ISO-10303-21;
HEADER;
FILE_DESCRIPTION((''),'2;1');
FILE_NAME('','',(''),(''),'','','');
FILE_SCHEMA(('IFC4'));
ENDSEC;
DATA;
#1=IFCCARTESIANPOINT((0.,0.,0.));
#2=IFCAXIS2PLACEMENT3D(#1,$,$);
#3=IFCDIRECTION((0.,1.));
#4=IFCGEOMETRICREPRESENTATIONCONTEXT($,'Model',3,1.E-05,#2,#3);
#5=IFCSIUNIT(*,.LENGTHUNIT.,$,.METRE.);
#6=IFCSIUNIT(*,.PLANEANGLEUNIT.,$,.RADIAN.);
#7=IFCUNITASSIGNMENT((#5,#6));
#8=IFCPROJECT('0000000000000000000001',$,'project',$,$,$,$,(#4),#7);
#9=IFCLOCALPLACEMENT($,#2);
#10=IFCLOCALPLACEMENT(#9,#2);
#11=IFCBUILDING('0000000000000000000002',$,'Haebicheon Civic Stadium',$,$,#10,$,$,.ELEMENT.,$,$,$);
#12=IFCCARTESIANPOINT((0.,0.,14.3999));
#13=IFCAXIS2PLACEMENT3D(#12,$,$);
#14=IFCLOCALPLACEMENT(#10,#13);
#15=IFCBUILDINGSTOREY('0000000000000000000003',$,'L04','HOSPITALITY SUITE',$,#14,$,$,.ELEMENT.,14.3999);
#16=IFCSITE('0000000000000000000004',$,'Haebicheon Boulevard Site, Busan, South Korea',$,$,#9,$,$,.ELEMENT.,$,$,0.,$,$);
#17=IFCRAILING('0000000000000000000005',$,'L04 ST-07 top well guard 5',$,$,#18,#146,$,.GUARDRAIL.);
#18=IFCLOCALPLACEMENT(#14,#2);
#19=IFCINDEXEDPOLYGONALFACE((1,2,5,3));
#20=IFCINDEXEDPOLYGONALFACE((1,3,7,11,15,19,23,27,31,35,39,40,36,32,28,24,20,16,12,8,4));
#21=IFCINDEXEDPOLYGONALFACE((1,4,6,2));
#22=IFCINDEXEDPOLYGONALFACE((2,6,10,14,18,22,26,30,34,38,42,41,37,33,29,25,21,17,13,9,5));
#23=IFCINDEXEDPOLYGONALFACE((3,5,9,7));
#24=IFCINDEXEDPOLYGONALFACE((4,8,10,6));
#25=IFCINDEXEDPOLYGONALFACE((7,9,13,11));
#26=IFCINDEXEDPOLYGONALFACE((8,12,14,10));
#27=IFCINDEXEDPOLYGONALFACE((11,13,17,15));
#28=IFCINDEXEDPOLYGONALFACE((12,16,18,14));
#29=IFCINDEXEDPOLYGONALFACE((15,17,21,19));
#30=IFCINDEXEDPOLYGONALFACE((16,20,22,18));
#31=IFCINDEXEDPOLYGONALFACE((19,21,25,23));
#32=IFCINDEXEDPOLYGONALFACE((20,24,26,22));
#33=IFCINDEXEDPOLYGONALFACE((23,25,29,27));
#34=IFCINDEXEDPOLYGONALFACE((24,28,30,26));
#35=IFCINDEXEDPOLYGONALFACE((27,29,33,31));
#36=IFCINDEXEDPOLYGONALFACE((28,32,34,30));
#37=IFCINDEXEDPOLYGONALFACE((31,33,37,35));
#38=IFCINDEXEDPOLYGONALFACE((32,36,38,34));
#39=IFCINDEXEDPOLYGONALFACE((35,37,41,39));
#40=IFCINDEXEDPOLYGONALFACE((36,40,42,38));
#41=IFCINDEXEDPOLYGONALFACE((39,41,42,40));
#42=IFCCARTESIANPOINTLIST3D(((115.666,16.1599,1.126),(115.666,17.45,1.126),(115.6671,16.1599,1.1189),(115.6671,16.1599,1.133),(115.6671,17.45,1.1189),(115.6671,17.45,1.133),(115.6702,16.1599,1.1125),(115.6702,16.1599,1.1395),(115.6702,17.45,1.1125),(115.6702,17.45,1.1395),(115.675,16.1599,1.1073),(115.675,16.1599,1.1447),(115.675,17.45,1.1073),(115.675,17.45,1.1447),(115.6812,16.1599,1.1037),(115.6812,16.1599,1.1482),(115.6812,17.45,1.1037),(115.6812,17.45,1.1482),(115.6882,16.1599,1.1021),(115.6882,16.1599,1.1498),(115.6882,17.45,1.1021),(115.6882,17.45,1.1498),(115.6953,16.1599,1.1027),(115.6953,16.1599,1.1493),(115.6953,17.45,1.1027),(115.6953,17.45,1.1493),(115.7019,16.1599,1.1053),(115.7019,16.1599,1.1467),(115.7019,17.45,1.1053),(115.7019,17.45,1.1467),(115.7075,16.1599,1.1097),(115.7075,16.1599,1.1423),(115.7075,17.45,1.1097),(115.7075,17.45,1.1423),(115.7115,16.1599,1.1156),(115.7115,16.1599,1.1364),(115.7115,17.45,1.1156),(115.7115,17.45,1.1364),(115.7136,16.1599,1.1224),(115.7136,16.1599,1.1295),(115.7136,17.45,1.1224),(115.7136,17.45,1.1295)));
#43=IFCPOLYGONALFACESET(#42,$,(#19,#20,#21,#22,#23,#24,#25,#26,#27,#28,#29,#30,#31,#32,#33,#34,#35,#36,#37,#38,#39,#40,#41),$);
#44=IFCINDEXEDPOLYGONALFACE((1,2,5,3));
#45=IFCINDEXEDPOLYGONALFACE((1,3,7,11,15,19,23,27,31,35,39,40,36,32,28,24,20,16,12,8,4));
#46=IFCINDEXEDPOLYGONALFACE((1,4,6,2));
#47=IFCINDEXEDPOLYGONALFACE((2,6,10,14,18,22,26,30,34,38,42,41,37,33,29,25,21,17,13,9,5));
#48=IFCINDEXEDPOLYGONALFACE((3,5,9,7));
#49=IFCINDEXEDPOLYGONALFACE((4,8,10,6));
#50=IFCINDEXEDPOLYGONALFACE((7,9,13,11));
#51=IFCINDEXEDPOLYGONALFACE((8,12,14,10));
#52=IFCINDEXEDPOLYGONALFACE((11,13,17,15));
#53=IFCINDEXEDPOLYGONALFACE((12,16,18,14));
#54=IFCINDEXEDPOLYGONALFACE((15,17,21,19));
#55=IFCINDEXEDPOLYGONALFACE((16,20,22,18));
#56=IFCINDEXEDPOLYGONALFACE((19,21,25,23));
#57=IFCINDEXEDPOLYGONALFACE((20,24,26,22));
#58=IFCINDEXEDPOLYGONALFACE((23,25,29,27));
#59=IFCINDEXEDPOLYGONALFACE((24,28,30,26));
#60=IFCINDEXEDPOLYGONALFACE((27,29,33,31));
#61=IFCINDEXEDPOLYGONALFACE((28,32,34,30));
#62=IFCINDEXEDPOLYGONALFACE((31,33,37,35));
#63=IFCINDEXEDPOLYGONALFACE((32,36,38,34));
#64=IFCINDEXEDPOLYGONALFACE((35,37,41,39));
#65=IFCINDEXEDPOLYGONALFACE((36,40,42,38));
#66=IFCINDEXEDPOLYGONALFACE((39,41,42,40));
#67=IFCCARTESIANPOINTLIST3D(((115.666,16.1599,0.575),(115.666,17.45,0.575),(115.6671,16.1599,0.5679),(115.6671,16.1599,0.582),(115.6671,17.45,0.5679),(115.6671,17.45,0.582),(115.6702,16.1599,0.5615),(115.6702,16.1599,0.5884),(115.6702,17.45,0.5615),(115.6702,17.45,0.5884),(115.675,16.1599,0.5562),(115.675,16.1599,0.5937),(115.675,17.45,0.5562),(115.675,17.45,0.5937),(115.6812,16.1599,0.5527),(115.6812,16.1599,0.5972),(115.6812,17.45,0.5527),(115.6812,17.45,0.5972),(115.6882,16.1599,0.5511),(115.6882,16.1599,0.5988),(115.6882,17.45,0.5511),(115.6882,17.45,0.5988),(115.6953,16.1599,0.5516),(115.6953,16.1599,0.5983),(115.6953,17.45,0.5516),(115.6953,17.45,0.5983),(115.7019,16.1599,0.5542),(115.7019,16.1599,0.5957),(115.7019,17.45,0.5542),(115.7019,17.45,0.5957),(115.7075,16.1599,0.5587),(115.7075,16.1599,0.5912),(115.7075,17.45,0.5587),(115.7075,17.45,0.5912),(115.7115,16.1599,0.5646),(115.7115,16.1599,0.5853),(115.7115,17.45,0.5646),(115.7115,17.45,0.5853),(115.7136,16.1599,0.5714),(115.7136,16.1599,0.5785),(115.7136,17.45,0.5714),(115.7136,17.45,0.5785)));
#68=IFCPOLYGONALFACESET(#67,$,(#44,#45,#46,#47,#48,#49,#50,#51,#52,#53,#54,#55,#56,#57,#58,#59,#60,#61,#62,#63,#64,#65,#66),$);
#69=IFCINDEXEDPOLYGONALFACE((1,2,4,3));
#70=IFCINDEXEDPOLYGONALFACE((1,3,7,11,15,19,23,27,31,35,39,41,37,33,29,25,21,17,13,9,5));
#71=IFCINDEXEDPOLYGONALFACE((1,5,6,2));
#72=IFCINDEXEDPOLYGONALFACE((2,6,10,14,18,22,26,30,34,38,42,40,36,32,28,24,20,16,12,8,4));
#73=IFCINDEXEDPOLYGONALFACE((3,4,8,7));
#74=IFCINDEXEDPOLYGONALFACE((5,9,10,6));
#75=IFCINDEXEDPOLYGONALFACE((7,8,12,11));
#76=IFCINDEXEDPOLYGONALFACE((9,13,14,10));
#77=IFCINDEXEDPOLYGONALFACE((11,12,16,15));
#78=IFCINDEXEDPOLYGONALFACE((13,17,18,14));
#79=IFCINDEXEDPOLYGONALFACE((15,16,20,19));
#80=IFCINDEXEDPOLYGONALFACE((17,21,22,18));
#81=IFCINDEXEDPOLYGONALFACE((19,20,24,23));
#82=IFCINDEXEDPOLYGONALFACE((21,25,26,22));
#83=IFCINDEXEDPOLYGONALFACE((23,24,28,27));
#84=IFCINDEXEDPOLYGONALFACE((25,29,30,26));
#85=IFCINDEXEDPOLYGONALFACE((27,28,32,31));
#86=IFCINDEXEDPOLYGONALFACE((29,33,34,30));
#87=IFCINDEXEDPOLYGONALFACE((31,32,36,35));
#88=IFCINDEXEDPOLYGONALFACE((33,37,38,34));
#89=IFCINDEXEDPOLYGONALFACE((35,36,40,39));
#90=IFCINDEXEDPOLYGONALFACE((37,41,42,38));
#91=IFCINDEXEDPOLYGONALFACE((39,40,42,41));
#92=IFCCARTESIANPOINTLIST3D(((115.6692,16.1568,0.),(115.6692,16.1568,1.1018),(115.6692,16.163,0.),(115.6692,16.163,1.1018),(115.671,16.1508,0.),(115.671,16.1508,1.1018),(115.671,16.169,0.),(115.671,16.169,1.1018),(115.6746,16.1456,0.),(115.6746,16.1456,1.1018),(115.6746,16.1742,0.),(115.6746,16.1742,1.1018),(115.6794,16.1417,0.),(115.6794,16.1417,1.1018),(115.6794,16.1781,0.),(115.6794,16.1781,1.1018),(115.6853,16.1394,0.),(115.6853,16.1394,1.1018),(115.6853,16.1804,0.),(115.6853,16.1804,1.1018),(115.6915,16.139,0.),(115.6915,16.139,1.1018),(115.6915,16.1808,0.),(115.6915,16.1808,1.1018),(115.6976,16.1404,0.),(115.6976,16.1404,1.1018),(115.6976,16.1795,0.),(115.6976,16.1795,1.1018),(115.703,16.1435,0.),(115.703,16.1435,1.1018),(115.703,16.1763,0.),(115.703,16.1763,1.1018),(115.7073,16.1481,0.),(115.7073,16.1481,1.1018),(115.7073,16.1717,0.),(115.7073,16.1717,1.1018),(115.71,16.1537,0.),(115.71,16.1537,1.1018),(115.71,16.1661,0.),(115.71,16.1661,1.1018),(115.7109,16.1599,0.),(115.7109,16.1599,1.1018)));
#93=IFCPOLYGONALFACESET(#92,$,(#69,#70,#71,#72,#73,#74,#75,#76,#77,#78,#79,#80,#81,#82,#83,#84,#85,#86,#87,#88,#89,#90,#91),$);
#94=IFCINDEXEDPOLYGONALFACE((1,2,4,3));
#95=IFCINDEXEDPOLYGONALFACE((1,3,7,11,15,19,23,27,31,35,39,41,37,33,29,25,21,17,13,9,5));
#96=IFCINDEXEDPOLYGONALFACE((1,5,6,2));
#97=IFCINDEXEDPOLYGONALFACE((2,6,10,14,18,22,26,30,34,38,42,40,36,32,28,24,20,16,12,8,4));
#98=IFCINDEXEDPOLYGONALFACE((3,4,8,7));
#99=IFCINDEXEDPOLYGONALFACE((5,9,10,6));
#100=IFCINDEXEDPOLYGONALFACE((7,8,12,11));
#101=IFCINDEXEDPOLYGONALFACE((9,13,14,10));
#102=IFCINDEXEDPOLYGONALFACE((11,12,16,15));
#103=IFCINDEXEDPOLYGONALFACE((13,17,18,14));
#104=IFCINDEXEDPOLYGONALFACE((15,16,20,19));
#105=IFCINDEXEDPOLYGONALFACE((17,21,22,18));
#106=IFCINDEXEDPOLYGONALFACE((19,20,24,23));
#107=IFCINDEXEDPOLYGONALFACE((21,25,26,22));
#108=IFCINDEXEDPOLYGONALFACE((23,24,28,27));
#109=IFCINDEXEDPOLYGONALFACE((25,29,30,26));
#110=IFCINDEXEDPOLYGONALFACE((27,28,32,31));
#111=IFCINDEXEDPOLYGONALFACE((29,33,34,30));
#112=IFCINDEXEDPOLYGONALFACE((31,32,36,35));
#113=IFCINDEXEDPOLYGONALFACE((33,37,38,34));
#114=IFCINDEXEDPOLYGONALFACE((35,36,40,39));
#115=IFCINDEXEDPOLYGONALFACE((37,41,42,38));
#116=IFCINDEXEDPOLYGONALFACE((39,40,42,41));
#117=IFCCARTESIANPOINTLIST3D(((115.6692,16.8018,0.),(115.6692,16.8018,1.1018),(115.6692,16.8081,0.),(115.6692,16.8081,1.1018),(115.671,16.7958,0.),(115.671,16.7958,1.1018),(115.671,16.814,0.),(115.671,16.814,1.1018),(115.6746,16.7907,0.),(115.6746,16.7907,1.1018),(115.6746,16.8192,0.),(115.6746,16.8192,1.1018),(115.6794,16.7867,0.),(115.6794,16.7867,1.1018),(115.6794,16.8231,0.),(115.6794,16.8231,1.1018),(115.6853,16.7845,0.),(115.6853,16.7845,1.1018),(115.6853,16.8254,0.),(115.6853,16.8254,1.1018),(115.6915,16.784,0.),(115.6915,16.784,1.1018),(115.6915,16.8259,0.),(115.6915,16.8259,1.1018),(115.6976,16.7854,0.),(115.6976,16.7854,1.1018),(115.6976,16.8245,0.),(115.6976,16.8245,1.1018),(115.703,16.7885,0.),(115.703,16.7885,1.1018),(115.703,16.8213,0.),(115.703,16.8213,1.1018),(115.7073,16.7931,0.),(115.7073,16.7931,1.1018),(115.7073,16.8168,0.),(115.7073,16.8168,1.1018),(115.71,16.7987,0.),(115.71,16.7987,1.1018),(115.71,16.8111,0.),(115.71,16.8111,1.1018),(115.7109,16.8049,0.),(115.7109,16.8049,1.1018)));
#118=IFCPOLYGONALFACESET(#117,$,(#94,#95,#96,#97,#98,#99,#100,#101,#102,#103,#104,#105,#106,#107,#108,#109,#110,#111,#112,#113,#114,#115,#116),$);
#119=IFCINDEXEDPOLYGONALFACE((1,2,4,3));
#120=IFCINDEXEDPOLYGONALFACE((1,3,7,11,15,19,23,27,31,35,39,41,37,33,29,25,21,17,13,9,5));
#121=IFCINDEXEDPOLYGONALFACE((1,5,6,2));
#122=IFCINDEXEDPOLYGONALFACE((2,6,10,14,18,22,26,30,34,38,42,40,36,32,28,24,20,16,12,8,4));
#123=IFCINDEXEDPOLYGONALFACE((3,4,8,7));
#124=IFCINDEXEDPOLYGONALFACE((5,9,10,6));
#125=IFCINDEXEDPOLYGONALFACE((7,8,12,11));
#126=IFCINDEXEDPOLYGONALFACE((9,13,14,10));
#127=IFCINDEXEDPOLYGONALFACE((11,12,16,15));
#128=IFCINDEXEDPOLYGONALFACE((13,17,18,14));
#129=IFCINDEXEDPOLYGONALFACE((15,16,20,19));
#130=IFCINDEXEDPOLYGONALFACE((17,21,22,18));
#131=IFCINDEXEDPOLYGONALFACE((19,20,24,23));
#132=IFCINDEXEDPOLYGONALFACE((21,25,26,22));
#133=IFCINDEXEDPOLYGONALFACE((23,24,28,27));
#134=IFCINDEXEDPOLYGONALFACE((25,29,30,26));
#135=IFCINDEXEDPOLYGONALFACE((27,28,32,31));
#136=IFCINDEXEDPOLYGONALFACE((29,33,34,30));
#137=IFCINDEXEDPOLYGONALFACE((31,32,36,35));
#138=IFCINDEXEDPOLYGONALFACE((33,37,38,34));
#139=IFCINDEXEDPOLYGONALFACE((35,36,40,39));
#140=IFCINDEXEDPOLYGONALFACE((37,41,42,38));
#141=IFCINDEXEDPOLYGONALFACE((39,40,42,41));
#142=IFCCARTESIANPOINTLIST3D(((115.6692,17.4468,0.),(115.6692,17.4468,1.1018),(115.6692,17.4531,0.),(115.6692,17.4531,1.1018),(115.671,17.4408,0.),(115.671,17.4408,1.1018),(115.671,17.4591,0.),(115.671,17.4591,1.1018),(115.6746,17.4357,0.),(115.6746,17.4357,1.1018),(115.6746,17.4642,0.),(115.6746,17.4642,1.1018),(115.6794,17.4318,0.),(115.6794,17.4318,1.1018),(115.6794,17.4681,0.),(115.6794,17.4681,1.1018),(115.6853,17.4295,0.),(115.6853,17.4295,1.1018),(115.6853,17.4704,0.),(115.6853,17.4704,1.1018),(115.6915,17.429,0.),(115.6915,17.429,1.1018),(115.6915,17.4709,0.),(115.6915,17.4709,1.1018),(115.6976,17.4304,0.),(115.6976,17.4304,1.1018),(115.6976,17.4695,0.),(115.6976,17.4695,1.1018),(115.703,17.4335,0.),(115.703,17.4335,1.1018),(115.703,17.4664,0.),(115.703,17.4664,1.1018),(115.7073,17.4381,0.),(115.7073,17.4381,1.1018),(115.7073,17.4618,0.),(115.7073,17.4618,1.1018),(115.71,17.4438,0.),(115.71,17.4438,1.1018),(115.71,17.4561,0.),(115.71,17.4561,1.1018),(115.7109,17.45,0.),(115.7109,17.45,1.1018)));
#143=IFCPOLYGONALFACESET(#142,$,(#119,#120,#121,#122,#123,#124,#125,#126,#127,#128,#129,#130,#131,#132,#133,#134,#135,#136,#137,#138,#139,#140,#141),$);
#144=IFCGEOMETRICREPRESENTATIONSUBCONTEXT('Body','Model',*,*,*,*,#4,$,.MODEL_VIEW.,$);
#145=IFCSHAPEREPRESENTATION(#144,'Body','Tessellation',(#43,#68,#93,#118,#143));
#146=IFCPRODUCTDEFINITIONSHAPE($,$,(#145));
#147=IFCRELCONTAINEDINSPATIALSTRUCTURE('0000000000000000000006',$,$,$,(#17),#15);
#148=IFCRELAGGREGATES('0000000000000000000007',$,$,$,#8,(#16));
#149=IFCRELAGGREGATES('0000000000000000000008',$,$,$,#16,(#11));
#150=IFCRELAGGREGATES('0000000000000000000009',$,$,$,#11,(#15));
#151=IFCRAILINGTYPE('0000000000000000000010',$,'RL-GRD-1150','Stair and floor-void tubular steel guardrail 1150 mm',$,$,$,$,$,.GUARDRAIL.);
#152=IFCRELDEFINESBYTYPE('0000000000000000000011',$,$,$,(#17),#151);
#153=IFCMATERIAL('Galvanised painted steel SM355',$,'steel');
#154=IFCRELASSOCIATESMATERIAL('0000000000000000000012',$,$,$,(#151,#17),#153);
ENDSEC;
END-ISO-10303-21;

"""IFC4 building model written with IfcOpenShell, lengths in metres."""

from ifc_helpers import new_model, si_unit, direction, frame, origin, origin_2d, place, context, subcontext, project, spatial, circle, extrude, material, type_object, element, save


model = new_model("IFC4")

# Units and contexts
model_context = context("Model", 3, precision=1e-05, world=origin(), true_north=direction((0.0, 1.0)))
body_context = subcontext(model_context, "Body", "Model", "MODEL_VIEW")
ifc_project = project(units=[si_unit("LENGTHUNIT", "METRE"), si_unit("PLANEANGLEUNIT", "RADIAN")], contexts=[model_context])

# Site, building, storey
site_placement = place(None, origin())
site = spatial("IfcSite", under=ifc_project, at=site_placement, Name="Haebicheon Boulevard Site, Busan, South Korea", CompositionType="ELEMENT", RefElevation=0.0)
building_placement = place(site_placement, origin())
building = spatial("IfcBuilding", under=site, at=building_placement, Name="Haebicheon Civic Stadium", CompositionType="ELEMENT")
storey_placement = place(building_placement, frame((0.0, 0.0, 14.3999)))
storey = spatial("IfcBuildingStorey", under=building, at=storey_placement, Name="L04", Description="HOSPITALITY SUITE", CompositionType="ELEMENT", Elevation=14.3999)

# Railing
ifc_material_1 = material(Name="Galvanised painted steel SM355", Category="steel")
railing_type = type_object("IfcRailingType", Name="RL-GRD-1150", Description="Stair and floor-void tubular steel guardrail 1150 mm", PredefinedType="GUARDRAIL", material=ifc_material_1)
for number, where, name in (
    (1, (115.6899, 16.1599, 0.0), "L04 ST-07 top well guard 5"),
):
    element("IfcRailing", number, at=place(storey_placement, frame(where)), inside=storey, type_object=railing_type, material=ifc_material_1, Name=name, PredefinedType="GUARDRAIL", context=body_context, shape_type="SweptSolid", body=[
        extrude(circle(Radius=0.0239, at=origin_2d()), frame((0.0, 0.0, 1.126), z_axis=(0.0, 1.0, 0.0), x_axis=(-1.0, 0.0, 0.0)), (0.0, 0.0, 1.0), 1.29),
        extrude(circle(Radius=0.0239, at=origin_2d()), frame((0.0, 0.0, 0.575), z_axis=(0.0, 1.0, 0.0), x_axis=(-1.0, 0.0, 0.0)), (0.0, 0.0, 1.0), 1.29),
        extrude(circle(Radius=0.021, at=origin_2d()), origin(), (0.0, 0.0, 1.0), 1.1018),
        extrude(circle(Radius=0.021, at=origin_2d()), frame((0.0, 0.645, 0.0)), (0.0, 0.0, 1.0), 1.1018),
        extrude(circle(Radius=0.021, at=origin_2d()), frame((0.0, 1.29, 0.0)), (0.0, 0.0, 1.0), 1.1018),
    ])

save(model, "model.ifc")
